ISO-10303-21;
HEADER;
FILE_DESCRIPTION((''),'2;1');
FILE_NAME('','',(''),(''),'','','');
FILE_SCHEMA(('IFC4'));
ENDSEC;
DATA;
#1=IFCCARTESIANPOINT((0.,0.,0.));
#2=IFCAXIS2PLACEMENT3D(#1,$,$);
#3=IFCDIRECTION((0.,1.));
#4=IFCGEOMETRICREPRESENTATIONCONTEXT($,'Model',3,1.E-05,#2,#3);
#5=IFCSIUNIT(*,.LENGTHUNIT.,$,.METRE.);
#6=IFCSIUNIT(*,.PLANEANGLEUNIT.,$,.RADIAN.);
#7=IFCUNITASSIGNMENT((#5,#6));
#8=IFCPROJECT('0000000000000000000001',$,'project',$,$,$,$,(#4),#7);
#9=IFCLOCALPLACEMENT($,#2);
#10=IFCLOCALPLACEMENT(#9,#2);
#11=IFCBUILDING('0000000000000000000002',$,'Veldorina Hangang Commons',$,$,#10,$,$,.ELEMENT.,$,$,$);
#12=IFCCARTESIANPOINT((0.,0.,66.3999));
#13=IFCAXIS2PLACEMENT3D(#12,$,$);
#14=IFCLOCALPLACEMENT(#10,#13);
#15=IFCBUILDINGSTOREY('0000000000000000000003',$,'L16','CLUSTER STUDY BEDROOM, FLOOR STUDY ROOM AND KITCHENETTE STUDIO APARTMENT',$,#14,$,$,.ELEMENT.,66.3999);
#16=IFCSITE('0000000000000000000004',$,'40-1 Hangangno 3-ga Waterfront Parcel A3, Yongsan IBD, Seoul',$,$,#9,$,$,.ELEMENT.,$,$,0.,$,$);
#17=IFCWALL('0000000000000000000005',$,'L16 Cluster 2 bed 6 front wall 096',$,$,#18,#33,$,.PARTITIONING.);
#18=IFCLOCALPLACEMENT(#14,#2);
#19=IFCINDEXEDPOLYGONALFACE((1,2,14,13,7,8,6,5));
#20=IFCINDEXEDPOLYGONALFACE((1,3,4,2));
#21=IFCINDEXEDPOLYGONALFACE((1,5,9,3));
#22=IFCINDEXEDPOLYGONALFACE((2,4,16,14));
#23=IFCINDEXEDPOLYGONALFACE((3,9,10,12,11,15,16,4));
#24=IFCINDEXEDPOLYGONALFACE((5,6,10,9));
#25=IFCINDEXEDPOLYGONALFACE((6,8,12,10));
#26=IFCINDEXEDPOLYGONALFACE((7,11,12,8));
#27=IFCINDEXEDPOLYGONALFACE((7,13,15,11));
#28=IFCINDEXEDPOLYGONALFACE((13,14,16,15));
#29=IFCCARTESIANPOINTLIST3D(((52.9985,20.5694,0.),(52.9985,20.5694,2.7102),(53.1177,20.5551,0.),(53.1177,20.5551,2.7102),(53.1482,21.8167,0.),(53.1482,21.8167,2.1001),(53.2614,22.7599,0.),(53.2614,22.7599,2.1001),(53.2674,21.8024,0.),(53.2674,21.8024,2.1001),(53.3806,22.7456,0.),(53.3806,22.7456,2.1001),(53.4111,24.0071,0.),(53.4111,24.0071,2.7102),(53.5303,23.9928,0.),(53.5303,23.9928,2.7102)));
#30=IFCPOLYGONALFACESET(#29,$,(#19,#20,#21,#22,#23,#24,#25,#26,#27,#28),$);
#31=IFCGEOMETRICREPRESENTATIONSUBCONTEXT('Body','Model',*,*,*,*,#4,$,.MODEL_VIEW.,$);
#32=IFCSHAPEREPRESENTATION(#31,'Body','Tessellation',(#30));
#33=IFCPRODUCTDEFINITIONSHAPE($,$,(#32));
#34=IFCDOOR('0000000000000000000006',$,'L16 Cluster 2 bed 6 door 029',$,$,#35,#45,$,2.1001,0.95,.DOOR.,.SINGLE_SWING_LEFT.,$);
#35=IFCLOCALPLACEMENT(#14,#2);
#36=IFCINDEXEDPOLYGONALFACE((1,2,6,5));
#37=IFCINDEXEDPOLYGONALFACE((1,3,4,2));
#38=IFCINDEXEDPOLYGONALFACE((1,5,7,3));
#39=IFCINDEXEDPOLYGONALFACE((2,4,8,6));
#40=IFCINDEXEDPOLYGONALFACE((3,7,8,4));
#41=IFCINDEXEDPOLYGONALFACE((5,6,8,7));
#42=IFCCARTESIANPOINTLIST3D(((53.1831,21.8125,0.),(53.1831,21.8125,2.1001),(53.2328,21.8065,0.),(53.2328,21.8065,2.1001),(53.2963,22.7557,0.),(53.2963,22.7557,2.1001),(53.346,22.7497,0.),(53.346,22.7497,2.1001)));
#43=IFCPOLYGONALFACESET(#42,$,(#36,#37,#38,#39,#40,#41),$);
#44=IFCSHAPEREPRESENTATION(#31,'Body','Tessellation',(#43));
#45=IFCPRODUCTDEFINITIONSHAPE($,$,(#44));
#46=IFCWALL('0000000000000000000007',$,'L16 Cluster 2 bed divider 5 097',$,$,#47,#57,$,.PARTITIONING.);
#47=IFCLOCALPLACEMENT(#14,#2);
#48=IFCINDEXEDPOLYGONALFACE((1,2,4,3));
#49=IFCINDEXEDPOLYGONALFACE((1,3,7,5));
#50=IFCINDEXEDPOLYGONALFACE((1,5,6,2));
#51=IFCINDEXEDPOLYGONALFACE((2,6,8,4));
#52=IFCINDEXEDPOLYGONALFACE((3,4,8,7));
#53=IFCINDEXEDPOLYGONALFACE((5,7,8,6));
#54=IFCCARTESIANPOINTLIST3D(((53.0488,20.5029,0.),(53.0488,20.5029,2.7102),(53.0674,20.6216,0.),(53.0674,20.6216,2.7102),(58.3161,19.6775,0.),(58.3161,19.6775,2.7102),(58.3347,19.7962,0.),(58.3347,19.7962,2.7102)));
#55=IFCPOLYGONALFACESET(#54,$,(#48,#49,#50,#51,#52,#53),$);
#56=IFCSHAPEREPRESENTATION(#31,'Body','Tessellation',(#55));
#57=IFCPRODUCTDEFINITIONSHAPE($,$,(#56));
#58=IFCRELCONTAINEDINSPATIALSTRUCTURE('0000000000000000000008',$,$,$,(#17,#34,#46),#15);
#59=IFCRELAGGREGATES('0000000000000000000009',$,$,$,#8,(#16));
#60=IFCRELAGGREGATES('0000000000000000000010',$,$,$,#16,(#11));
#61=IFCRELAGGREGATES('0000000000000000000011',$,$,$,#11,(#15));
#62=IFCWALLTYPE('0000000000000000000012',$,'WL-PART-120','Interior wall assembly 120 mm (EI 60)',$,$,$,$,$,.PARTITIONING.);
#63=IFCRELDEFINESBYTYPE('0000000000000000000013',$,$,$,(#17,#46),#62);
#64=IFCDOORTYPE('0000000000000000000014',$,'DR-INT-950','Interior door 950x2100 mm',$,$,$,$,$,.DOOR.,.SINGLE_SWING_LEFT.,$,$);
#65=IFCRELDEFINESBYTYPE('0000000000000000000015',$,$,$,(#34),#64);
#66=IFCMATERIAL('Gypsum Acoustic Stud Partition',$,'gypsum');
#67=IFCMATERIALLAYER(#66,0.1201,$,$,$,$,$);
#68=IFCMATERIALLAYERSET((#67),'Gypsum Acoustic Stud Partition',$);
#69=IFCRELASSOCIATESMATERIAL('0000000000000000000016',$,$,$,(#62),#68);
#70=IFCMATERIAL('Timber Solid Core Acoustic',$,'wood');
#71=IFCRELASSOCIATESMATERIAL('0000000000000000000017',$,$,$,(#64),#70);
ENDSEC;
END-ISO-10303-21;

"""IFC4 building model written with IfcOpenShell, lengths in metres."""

from ifc_helpers import new_model, si_unit, direction, frame, frame_2d, origin, place, context, subcontext, project, spatial, rectangle, extrude, material, layer, layer_set, type_object, element, fill, save


model = new_model("IFC4")

# Units and contexts
model_context = context("Model", 3, precision=1e-05, world=origin(), true_north=direction((0.0, 1.0)))
body_context = subcontext(model_context, "Body", "Model", "MODEL_VIEW")
ifc_project = project(units=[si_unit("LENGTHUNIT", "METRE"), si_unit("PLANEANGLEUNIT", "RADIAN")], contexts=[model_context])

# Site, building, storey
site_placement = place(None, origin())
site = spatial("IfcSite", under=ifc_project, at=site_placement, Name="40-1 Hangangno 3-ga Waterfront Parcel A3, Yongsan IBD, Seoul", CompositionType="ELEMENT", RefElevation=0.0)
building_placement = place(site_placement, origin())
building = spatial("IfcBuilding", under=site, at=building_placement, Name="Veldorina Hangang Commons", CompositionType="ELEMENT")
storey_placement = place(building_placement, frame((0.0, 0.0, 66.3999)))
storey = spatial("IfcBuildingStorey", under=building, at=storey_placement, Name="L16", Description="CLUSTER STUDY BEDROOM, FLOOR STUDY ROOM AND KITCHENETTE STUDIO APARTMENT", CompositionType="ELEMENT", Elevation=66.3999)

# Shared definitions
ifc_material_1 = material(Name="Gypsum Acoustic Stud Partition", Category="gypsum")
ifc_layer_1 = layer(ifc_material_1, 0.1201)
ifc_layer_set_1 = layer_set([ifc_layer_1], Name="Gypsum Acoustic Stud Partition")
wall_type_1 = type_object("IfcWallType", Name="WL-PART-120", Description="Interior wall assembly 120 mm (EI 60)", PredefinedType="PARTITIONING", material=ifc_layer_set_1)
ifc_material_2 = material(Name="Timber Solid Core Acoustic", Category="wood")
door_type = type_object("IfcDoorType", Name="DR-INT-950", Description="Interior door 950x2100 mm", OperationType="SINGLE_SWING_LEFT", PredefinedType="DOOR", material=ifc_material_2)

# Wall, opening, door
wall_1_placement = place(storey_placement, frame((53.0581, 20.5623, 0.0), z_axis=(0.0, 0.0, 1.0), x_axis=(0.119165, 0.992875, 0.0)))
wall_1 = element("IfcWall", 1, at=wall_1_placement, inside=storey, type_object=wall_type_1, Name="L16 Cluster 2 bed 6 front wall 096", PredefinedType="PARTITIONING", context=body_context, shape_type="SweptSolid", body=[
    extrude(rectangle(XDim=3.4624, YDim=0.1201, at=frame_2d((1.7312, 0.0))), origin(), (0.0, 0.0, 1.0), 2.7102),
])
opening_1_placement = place(wall_1_placement, frame((1.2561, 0.0, 0.0)))
opening_1 = element("IfcOpeningElement", 2, at=opening_1_placement, cuts=wall_1, PredefinedType="OPENING", context=body_context, shape_type="SweptSolid", body=[
    extrude(rectangle(XDim=0.95, YDim=2.1001, at=frame_2d((0.4751, 1.05))), frame((0.0, 0.0701, 0.0), z_axis=(0.0, -1.0, 0.0), x_axis=(1.0, 0.0, 0.0)), (0.0, 0.0, 1.0), 0.1401),
])
door_1_placement = place(opening_1_placement, origin())
door_1 = element("IfcDoor", 3, at=door_1_placement, inside=storey, type_object=door_type, Name="L16 Cluster 2 bed 6 door 029", OperationType="SINGLE_SWING_LEFT", OverallHeight=2.1001, OverallWidth=0.95, PredefinedType="DOOR", context=body_context, shape_type="SweptSolid", body=[
    extrude(rectangle(XDim=0.95, YDim=2.1001, at=frame_2d((0.4751, 1.05))), frame((0.0, 0.0249, 0.0), z_axis=(0.0, -1.0, 0.0), x_axis=(1.0, 0.0, 0.0)), (0.0, 0.0, 1.0), 0.05),
])
fill(opening_1, door_1)

# Wall
wall_2_placement = place(storey_placement, frame((53.0581, 20.5623, 0.0), z_axis=(0.0, 0.0, 1.0), x_axis=(0.987943, -0.15482, 0.0)))
element("IfcWall", 4, at=wall_2_placement, inside=storey, type_object=wall_type_1, Name="L16 Cluster 2 bed divider 5 097", PredefinedType="PARTITIONING", context=body_context, shape_type="SweptSolid", body=[
    extrude(rectangle(XDim=5.3315, YDim=0.1201, at=frame_2d((2.6658, 0.0))), origin(), (0.0, 0.0, 1.0), 2.7102),
])

save(model, "model.ifc")
